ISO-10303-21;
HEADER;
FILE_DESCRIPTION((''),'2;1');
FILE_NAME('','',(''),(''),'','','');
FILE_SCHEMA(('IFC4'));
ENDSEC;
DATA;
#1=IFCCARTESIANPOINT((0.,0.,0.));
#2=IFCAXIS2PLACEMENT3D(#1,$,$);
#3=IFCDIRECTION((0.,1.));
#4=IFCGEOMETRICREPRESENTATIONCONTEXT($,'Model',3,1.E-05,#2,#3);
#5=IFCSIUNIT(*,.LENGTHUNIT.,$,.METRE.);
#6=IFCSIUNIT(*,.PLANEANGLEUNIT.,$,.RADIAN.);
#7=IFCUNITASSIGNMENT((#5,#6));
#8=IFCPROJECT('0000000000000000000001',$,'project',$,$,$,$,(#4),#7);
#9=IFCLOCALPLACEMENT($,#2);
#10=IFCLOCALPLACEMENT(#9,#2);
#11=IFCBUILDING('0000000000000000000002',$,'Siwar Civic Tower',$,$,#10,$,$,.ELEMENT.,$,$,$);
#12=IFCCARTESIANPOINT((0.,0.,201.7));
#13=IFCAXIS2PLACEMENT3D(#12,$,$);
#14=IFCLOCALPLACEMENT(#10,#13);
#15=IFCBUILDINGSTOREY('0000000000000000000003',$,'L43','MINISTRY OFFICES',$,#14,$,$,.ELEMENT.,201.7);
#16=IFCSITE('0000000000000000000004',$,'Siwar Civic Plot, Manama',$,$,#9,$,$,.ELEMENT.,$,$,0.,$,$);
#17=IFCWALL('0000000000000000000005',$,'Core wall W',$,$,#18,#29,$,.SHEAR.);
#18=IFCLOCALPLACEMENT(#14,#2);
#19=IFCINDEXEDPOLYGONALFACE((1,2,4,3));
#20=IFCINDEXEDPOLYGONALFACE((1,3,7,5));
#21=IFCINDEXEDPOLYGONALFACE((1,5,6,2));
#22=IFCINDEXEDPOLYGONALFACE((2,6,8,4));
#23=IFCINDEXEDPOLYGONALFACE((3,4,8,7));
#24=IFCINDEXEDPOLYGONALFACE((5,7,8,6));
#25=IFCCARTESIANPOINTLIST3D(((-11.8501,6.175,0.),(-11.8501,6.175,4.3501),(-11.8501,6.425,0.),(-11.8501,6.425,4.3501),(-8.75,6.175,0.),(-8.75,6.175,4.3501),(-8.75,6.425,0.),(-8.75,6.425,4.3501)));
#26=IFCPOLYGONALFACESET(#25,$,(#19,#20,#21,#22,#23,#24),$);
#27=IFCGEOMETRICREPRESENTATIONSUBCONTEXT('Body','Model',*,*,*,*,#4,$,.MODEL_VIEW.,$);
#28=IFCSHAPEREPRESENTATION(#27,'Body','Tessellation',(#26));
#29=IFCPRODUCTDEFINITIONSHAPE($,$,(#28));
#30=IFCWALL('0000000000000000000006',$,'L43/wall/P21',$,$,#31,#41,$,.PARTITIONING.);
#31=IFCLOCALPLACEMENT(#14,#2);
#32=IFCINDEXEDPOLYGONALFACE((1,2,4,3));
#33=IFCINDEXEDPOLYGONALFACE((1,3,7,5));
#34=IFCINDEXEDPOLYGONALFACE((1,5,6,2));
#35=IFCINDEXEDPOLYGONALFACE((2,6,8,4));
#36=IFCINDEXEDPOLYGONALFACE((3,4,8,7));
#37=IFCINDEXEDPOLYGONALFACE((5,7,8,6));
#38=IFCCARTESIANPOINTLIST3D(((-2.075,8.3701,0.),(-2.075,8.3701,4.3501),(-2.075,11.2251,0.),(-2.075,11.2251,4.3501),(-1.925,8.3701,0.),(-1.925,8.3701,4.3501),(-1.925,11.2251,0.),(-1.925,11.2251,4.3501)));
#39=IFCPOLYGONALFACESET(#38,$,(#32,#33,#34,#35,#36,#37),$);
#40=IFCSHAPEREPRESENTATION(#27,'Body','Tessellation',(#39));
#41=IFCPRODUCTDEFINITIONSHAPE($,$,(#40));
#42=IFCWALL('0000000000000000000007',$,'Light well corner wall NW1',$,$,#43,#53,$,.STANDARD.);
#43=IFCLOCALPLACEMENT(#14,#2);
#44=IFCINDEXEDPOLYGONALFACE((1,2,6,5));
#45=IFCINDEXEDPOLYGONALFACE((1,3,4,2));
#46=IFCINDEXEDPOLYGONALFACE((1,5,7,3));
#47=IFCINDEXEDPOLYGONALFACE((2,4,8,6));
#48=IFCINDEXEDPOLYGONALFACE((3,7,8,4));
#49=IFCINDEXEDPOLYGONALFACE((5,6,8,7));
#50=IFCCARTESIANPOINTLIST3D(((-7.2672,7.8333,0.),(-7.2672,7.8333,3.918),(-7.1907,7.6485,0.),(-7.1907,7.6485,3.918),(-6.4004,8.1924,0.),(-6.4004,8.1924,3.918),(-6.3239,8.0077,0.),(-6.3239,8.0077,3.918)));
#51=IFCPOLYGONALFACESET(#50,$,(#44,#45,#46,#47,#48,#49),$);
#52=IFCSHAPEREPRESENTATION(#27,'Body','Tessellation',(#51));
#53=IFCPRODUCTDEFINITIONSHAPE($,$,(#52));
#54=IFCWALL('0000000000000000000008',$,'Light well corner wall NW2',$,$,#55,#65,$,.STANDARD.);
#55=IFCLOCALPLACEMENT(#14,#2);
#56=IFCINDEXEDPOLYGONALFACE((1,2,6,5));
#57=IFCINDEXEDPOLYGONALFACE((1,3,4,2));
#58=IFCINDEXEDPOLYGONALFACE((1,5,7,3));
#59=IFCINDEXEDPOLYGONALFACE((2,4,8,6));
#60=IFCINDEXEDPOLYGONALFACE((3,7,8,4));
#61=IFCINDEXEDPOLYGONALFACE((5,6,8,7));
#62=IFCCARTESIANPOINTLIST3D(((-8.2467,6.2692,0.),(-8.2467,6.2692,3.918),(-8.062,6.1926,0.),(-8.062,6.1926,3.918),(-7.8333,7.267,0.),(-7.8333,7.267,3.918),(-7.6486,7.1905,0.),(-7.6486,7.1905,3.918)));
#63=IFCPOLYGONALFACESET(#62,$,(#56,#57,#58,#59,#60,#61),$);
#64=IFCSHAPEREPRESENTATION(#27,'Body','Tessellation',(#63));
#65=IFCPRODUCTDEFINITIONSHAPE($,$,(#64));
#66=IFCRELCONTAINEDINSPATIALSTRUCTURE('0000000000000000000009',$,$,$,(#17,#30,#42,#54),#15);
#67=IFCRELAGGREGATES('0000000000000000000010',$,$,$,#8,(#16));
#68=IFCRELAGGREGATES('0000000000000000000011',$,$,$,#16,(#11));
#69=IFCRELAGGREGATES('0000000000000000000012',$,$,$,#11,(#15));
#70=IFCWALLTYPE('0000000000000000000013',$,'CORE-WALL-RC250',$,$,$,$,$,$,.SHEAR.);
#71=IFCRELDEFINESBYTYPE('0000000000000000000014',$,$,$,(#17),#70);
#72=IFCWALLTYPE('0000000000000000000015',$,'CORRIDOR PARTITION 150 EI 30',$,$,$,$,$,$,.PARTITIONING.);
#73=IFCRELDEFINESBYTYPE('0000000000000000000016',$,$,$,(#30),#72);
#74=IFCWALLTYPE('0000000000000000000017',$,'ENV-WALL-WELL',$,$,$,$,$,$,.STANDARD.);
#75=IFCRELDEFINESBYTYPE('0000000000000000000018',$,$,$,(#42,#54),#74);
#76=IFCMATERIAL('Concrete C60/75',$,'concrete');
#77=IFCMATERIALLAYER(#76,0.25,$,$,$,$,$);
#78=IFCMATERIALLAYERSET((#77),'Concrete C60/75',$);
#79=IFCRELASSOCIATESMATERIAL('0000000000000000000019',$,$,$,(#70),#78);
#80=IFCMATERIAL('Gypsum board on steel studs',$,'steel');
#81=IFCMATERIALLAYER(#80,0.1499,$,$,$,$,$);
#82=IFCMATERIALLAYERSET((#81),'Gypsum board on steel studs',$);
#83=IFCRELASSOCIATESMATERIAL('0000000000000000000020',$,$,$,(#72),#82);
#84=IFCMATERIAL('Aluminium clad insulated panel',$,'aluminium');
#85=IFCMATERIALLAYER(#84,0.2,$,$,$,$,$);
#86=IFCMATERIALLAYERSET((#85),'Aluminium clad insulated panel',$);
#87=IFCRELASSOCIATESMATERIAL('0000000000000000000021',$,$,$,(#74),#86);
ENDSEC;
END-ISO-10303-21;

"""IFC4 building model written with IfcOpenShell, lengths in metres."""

from ifc_helpers import new_model, si_unit, direction, frame, frame_2d, origin, place, context, subcontext, project, spatial, rectangle, extrude, material, layer, layer_set, type_object, element, save


model = new_model("IFC4")

# Units and contexts
model_context = context("Model", 3, precision=1e-05, world=origin(), true_north=direction((0.0, 1.0)))
body_context = subcontext(model_context, "Body", "Model", "MODEL_VIEW")
ifc_project = project(units=[si_unit("LENGTHUNIT", "METRE"), si_unit("PLANEANGLEUNIT", "RADIAN")], contexts=[model_context])

# Site, building, storey
site_placement = place(None, origin())
site = spatial("IfcSite", under=ifc_project, at=site_placement, Name="Siwar Civic Plot, Manama", CompositionType="ELEMENT", RefElevation=0.0)
building_placement = place(site_placement, origin())
building = spatial("IfcBuilding", under=site, at=building_placement, Name="Siwar Civic Tower", CompositionType="ELEMENT")
storey_placement = place(building_placement, frame((0.0, 0.0, 201.7)))
storey = spatial("IfcBuildingStorey", under=building, at=storey_placement, Name="L43", Description="MINISTRY OFFICES", CompositionType="ELEMENT", Elevation=201.7)

# Shared definitions
ifc_material_1 = material(Name="Concrete C60/75", Category="concrete")
ifc_layer_1 = layer(ifc_material_1, 0.25)
ifc_layer_set_1 = layer_set([ifc_layer_1], Name="Concrete C60/75")
wall_type_1 = type_object("IfcWallType", Name="CORE-WALL-RC250", PredefinedType="SHEAR", material=ifc_layer_set_1)

# Walls
for number, where, z_axis, x_axis, name in (
    (1, (-8.75, 6.3, 0.0), (0.0, 0.0, 1.0), (-1.0, 0.0, 0.0), "Core wall W"),
):
    element("IfcWall", number, at=place(storey_placement, frame(where, z_axis=z_axis, x_axis=x_axis)), inside=storey, type_object=wall_type_1, Name=name, PredefinedType="SHEAR", context=body_context, shape_type="SweptSolid", body=[
        extrude(rectangle(XDim=3.1001, YDim=0.25, at=frame_2d((1.55, 0.0))), origin(), (0.0, 0.0, 1.0), 4.3501),
    ])
ifc_material_2 = material(Name="Gypsum board on steel studs", Category="steel")
ifc_layer_2 = layer(ifc_material_2, 0.1499)
ifc_layer_set_2 = layer_set([ifc_layer_2], Name="Gypsum board on steel studs")
wall_type_2 = type_object("IfcWallType", Name="CORRIDOR PARTITION 150 EI 30", PredefinedType="PARTITIONING", material=ifc_layer_set_2)
wall_1_placement = place(storey_placement, frame((-2.0, 8.3701, 0.0), z_axis=(0.0, 0.0, 1.0), x_axis=(0.0, 1.0, 0.0)))
element("IfcWall", 2, at=wall_1_placement, inside=storey, type_object=wall_type_2, Name="L43/wall/P21", PredefinedType="PARTITIONING", context=body_context, shape_type="SweptSolid", body=[
    extrude(rectangle(XDim=2.855, YDim=0.1499, at=frame_2d((1.4275, 0.0))), origin(), (0.0, 0.0, 1.0), 4.3501),
])
ifc_material_3 = material(Name="Aluminium clad insulated panel", Category="aluminium")
ifc_layer_3 = layer(ifc_material_3, 0.2)
ifc_layer_set_3 = layer_set([ifc_layer_3], Name="Aluminium clad insulated panel")
wall_type_3 = type_object("IfcWallType", Name="ENV-WALL-WELL", PredefinedType="STANDARD", material=ifc_layer_set_3)
wall_2_placement = place(storey_placement, frame((-6.3621, 8.1001, 0.0), z_axis=(0.0, 0.0, 1.0), x_axis=(-0.92383, -0.382804, 0.0)))
element("IfcWall", 3, at=wall_2_placement, inside=storey, type_object=wall_type_3, Name="Light well corner wall NW1", PredefinedType="STANDARD", context=body_context, shape_type="SweptSolid", body=[
    extrude(rectangle(XDim=0.9382, YDim=0.2, at=frame_2d((0.4692, 0.0))), origin(), (0.0, 0.0, 1.0), 3.918),
])
wall_3_placement = place(storey_placement, frame((-7.741, 7.2288, 0.0), z_axis=(0.0, 0.0, 1.0), x_axis=(-0.382704, -0.923871, 0.0)))
element("IfcWall", 4, at=wall_3_placement, inside=storey, type_object=wall_type_3, Name="Light well corner wall NW2", PredefinedType="STANDARD", context=body_context, shape_type="SweptSolid", body=[
    extrude(rectangle(XDim=1.0801, YDim=0.2, at=frame_2d((0.54, 0.0))), origin(), (0.0, 0.0, 1.0), 3.918),
])

save(model, "model.ifc")
